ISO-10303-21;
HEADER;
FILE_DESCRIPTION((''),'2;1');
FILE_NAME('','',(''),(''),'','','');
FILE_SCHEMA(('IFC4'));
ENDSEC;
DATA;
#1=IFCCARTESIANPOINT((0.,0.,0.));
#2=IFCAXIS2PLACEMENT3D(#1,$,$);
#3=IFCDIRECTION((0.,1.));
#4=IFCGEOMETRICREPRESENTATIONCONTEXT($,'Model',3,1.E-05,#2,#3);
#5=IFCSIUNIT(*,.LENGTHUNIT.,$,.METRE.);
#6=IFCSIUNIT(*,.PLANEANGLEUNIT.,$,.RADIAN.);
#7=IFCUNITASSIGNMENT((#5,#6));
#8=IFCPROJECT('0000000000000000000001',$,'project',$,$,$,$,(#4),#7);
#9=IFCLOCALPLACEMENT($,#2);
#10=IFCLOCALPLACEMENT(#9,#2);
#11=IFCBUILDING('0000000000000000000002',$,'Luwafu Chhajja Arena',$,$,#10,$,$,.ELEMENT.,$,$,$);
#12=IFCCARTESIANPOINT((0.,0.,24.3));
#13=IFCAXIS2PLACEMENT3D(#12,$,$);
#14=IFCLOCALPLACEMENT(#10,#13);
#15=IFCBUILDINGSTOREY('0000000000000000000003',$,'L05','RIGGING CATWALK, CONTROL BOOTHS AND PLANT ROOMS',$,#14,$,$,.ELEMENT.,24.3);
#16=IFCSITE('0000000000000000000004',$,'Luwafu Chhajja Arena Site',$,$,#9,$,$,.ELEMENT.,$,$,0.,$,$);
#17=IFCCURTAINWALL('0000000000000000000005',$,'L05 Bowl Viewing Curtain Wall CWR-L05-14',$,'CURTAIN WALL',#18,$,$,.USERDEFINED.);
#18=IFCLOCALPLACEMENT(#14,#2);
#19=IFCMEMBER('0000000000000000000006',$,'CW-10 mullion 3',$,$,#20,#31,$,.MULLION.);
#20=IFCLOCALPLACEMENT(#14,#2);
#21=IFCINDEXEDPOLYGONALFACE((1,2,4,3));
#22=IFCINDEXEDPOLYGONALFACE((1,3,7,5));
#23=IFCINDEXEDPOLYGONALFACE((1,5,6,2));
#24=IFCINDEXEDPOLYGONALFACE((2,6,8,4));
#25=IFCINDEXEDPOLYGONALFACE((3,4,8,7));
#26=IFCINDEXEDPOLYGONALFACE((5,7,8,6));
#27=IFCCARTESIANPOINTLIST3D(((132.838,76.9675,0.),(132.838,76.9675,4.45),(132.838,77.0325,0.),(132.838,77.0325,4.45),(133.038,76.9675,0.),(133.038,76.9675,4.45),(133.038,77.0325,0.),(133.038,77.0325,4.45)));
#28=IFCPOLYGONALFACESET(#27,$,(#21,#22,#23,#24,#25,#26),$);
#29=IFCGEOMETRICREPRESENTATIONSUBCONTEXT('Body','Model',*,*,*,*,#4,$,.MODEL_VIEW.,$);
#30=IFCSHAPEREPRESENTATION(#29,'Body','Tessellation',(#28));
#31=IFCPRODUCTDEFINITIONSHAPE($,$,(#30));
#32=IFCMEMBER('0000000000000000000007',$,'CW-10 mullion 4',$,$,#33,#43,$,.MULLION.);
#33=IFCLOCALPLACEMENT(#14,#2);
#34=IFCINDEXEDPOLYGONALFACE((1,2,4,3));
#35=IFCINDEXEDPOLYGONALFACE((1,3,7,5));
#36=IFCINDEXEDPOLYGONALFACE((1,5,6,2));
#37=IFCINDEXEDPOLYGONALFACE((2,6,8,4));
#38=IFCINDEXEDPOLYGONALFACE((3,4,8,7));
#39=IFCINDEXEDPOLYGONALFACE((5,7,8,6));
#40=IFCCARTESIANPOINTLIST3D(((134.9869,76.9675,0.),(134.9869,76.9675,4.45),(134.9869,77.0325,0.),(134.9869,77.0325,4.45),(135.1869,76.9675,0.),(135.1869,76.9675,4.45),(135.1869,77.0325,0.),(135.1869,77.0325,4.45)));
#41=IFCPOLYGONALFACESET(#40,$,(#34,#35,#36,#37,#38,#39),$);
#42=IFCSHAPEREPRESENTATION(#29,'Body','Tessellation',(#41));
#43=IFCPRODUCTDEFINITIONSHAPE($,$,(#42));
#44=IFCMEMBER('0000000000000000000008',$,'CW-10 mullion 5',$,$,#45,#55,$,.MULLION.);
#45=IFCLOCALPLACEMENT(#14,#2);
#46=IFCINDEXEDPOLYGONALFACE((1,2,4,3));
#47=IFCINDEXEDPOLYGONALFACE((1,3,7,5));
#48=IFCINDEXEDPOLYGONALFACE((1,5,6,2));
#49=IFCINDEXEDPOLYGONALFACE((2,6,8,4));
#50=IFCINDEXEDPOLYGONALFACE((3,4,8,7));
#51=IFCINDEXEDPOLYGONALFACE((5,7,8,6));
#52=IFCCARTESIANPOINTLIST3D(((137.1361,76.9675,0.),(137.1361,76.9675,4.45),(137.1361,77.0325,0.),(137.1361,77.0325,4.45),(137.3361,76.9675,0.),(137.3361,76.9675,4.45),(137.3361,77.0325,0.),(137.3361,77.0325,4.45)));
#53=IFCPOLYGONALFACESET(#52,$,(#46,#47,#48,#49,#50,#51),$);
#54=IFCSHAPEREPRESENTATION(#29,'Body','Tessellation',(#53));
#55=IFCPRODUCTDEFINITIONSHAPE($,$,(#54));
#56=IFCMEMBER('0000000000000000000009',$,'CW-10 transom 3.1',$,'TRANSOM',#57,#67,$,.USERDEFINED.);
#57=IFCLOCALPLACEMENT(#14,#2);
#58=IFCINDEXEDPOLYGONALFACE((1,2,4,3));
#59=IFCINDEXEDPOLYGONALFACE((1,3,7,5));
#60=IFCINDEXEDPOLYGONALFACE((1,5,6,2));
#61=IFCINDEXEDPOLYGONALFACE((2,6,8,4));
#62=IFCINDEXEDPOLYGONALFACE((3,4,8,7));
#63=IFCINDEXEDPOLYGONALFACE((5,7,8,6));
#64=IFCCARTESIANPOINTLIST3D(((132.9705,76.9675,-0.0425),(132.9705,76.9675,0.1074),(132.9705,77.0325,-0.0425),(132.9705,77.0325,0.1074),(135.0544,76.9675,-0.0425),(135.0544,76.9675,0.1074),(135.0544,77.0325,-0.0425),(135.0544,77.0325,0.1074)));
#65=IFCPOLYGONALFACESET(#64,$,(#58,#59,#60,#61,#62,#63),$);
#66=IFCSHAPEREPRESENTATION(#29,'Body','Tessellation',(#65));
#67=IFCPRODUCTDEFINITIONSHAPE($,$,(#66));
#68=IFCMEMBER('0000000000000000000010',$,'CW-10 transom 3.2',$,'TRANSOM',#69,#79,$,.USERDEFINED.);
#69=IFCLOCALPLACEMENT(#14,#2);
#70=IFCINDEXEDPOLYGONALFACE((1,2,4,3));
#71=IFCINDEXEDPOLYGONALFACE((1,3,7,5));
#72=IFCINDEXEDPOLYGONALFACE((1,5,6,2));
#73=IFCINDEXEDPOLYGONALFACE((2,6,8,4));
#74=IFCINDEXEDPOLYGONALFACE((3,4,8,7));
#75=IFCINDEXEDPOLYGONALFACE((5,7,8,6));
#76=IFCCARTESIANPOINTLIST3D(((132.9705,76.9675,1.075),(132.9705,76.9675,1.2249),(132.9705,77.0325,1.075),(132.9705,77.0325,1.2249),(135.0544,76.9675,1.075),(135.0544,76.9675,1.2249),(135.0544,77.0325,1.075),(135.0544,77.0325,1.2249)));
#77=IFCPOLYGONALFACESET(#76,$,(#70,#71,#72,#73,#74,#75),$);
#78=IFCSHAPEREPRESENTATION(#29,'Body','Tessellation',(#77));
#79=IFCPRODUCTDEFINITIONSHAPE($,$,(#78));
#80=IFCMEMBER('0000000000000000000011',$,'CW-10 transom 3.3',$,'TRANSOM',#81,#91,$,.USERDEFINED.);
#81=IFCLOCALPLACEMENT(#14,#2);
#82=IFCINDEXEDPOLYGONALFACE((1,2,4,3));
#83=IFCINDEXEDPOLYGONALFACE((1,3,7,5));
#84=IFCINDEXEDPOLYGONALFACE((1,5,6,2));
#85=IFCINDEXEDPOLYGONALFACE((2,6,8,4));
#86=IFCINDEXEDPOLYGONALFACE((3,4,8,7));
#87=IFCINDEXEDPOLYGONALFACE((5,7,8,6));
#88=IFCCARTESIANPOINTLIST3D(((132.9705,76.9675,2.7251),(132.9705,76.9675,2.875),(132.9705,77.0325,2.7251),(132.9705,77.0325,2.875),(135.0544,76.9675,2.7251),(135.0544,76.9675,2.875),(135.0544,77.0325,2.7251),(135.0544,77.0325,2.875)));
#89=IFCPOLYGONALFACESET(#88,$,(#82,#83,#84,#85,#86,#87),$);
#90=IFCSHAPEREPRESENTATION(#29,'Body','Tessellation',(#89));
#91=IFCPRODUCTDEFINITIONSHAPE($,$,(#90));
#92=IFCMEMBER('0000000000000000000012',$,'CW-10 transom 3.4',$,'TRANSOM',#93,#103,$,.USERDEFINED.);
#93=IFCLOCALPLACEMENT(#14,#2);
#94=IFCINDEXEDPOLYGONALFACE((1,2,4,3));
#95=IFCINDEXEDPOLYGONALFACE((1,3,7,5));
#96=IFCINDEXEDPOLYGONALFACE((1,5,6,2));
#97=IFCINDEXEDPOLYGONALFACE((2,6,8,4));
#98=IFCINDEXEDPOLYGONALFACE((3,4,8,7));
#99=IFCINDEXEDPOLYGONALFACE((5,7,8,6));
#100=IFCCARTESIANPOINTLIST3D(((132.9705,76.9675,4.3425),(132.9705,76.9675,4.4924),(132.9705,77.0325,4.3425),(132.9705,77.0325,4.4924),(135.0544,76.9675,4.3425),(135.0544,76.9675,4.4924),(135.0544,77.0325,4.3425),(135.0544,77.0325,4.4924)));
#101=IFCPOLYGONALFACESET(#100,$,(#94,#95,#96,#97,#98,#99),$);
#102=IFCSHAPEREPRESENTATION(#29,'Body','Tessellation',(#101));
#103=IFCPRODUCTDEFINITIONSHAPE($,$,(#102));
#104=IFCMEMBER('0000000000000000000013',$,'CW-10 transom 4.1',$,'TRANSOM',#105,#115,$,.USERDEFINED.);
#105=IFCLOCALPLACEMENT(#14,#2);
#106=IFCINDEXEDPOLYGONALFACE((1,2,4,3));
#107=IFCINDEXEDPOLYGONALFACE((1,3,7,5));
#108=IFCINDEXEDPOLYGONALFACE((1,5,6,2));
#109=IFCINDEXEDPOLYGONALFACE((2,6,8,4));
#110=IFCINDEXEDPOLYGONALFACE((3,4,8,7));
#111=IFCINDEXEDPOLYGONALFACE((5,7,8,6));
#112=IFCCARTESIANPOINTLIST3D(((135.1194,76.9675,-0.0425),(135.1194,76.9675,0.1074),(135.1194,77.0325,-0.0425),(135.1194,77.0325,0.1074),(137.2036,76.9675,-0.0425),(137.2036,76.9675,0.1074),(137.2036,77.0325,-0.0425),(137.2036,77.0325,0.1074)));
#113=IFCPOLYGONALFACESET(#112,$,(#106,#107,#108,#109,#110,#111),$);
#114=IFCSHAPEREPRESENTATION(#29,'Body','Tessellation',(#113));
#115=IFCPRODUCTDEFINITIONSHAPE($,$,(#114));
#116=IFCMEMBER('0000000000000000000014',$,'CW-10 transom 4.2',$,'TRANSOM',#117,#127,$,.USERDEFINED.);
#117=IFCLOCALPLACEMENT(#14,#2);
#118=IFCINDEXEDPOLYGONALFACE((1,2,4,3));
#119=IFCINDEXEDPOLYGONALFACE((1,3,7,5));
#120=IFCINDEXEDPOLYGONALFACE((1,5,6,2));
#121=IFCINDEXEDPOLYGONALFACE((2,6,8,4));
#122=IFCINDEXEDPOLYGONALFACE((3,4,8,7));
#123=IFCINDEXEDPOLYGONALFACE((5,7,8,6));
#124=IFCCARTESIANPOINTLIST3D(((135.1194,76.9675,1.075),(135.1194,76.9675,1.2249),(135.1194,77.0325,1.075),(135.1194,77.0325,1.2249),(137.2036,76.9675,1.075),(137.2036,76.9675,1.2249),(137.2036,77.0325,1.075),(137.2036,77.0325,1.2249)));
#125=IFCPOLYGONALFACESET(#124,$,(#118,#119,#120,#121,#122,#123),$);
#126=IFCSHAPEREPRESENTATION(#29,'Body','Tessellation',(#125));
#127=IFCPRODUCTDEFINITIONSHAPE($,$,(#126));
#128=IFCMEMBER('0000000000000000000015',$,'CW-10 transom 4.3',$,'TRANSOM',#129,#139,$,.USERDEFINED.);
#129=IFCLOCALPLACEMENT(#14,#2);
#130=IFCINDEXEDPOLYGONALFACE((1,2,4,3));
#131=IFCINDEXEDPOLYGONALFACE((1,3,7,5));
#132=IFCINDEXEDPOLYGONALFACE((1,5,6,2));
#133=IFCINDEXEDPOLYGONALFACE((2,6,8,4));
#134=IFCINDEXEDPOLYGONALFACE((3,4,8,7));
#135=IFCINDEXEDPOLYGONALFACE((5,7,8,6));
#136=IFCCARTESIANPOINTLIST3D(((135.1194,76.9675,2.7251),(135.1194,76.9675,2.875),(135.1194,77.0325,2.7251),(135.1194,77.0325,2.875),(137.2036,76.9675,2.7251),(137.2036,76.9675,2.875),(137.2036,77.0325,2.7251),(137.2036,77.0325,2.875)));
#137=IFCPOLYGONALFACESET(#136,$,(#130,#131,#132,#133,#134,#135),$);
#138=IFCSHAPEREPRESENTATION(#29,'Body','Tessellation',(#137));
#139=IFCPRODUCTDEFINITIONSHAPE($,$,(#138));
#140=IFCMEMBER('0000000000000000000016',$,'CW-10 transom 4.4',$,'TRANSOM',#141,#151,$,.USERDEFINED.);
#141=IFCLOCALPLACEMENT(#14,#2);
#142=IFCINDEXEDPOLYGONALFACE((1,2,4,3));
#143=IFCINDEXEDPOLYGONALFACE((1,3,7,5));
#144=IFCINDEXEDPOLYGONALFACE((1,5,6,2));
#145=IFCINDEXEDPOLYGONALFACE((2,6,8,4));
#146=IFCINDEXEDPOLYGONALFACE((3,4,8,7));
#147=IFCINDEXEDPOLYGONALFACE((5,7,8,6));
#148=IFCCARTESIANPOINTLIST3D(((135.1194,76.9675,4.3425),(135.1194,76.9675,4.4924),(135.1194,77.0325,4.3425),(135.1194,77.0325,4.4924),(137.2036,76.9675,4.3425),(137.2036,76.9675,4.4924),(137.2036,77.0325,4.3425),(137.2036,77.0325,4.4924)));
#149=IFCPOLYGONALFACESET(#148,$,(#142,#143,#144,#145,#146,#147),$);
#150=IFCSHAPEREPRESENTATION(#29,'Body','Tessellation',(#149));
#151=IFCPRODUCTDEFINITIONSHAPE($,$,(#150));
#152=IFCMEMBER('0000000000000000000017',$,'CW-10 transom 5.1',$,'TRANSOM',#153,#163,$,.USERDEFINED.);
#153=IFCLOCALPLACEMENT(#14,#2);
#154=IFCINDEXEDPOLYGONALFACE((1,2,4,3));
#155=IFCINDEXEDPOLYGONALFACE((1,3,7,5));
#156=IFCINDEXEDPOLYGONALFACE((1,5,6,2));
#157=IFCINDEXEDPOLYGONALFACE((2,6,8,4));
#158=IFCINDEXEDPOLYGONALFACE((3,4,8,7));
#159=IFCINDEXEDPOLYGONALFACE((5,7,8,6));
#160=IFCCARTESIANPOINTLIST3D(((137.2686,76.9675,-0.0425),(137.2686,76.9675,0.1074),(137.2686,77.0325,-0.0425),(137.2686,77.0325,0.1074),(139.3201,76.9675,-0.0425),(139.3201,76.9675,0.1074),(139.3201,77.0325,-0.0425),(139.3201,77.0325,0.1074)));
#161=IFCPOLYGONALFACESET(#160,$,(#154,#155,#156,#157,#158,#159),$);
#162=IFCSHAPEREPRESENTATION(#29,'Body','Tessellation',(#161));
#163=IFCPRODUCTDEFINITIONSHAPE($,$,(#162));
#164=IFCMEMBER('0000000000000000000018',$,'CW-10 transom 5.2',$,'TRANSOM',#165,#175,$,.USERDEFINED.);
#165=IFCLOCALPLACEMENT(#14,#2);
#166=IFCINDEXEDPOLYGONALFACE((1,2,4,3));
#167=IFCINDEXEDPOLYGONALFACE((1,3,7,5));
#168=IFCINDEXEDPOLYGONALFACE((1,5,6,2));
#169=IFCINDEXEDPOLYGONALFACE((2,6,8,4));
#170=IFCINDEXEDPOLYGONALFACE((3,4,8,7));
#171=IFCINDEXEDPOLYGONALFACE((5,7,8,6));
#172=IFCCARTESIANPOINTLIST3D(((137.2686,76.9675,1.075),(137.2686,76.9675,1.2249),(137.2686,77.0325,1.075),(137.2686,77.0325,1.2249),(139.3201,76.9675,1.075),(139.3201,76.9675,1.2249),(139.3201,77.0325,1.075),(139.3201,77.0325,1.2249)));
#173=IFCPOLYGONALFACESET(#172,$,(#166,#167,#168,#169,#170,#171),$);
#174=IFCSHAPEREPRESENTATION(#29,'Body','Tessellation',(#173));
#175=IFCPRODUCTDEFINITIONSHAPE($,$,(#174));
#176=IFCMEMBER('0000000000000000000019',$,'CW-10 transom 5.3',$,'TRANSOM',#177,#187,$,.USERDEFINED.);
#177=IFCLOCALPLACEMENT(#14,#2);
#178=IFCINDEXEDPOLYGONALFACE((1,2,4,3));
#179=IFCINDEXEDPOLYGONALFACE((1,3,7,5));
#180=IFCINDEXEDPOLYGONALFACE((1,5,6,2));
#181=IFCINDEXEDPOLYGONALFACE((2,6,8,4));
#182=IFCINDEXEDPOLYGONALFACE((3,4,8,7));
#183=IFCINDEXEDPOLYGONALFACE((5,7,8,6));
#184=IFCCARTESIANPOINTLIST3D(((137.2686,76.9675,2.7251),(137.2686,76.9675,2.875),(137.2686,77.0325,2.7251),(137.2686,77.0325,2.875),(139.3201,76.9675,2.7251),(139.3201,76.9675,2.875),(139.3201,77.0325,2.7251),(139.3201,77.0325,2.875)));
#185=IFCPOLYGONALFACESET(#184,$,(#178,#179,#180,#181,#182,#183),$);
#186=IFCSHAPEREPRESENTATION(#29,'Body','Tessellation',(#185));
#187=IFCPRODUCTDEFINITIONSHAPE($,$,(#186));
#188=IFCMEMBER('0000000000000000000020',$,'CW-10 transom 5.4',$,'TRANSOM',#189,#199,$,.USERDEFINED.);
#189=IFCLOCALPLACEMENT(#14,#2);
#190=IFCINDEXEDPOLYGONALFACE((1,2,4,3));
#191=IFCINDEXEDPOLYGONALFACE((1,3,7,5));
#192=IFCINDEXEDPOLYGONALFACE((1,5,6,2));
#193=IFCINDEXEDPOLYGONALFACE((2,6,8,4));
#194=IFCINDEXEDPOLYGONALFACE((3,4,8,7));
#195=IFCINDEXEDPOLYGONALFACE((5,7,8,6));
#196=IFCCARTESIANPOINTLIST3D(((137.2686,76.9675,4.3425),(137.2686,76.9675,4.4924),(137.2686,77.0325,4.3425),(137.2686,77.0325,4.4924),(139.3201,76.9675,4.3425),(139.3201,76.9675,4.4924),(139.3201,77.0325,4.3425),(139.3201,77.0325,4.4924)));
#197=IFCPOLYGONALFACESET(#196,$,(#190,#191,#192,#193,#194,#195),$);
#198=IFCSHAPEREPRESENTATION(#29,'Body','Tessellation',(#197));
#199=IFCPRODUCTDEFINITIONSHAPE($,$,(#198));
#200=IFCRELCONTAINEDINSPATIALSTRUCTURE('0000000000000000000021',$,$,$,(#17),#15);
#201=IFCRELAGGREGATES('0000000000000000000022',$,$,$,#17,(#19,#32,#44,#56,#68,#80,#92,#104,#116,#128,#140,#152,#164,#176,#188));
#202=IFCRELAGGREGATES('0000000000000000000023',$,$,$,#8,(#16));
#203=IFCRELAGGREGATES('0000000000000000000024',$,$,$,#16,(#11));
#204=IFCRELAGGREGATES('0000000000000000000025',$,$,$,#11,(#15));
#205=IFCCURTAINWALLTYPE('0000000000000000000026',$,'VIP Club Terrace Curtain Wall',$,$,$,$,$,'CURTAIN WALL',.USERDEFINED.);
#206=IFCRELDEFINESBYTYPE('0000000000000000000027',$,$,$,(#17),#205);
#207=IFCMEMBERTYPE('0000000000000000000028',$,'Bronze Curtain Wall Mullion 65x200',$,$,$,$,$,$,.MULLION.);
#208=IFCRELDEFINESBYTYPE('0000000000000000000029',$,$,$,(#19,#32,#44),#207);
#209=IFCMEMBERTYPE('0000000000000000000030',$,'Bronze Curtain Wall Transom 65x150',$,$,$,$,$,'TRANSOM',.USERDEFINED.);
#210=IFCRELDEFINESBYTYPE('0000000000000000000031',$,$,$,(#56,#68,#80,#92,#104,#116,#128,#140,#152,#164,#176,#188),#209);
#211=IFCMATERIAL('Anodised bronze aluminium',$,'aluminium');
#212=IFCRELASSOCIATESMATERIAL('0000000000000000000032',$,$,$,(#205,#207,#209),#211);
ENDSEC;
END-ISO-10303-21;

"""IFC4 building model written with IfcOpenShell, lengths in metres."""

from ifc_helpers import new_model, si_unit, direction, frame, origin, origin_2d, place, context, subcontext, project, spatial, rectangle, extrude, material, material_profile, profile_set, type_object, element, aggregate, save


model = new_model("IFC4")

# Units and contexts
model_context = context("Model", 3, precision=1e-05, world=origin(), true_north=direction((0.0, 1.0)))
body_context = subcontext(model_context, "Body", "Model", "MODEL_VIEW")
ifc_project = project(units=[si_unit("LENGTHUNIT", "METRE"), si_unit("PLANEANGLEUNIT", "RADIAN")], contexts=[model_context])

# Site, building, storey
site_placement = place(None, origin())
site = spatial("IfcSite", under=ifc_project, at=site_placement, Name="Luwafu Chhajja Arena Site", CompositionType="ELEMENT", RefElevation=0.0)
building_placement = place(site_placement, origin())
building = spatial("IfcBuilding", under=site, at=building_placement, Name="Luwafu Chhajja Arena", CompositionType="ELEMENT")
storey_placement = place(building_placement, frame((0.0, 0.0, 24.3)))
storey = spatial("IfcBuildingStorey", under=building, at=storey_placement, Name="L05", Description="RIGGING CATWALK, CONTROL BOOTHS AND PLANT ROOMS", CompositionType="ELEMENT", Elevation=24.3)

# Curtain wall, members
ifc_material_1 = material(Name="Anodised bronze aluminium", Category="aluminium")
curtain_wall_type = type_object("IfcCurtainWallType", Name="VIP Club Terrace Curtain Wall", ElementType="CURTAIN WALL", PredefinedType="USERDEFINED", material=ifc_material_1)
curtain_wall_placement = place(storey_placement, origin())
curtain_wall = element("IfcCurtainWall", 1, at=curtain_wall_placement, inside=storey, type_object=curtain_wall_type, Name="L05 Bowl Viewing Curtain Wall CWR-L05-14", ObjectType="CURTAIN WALL", PredefinedType="USERDEFINED")
ifc_material_profile_1 = material_profile(ifc_material_1, rectangle(XDim=0.0649, YDim=0.2, at=origin_2d()), Name="CWM 65x200")
ifc_profile_set_1 = profile_set([ifc_material_profile_1], Name="Anodised bronze aluminium")
member_type_1 = type_object("IfcMemberType", Name="Bronze Curtain Wall Mullion 65x200", PredefinedType="MULLION", material=ifc_profile_set_1)
member_1_placement = place(storey_placement, frame((132.938, 77.0, 0.0), z_axis=(0.0, 0.0, 1.0), x_axis=(0.0, 1.0, 0.0)))
member_1 = element("IfcMember", 2, at=member_1_placement, type_object=member_type_1, Name="CW-10 mullion 3", PredefinedType="MULLION", context=body_context, shape_type="SweptSolid", body=[
    extrude(rectangle(XDim=0.0649, YDim=0.2, at=origin_2d()), origin(), (0.0, 0.0, 1.0), 4.45),
])
member_2_placement = place(storey_placement, frame((135.0869, 77.0, 0.0), z_axis=(0.0, 0.0, 1.0), x_axis=(0.0, 1.0, 0.0)))
member_2 = element("IfcMember", 3, at=member_2_placement, type_object=member_type_1, Name="CW-10 mullion 4", PredefinedType="MULLION", context=body_context, shape_type="SweptSolid", body=[
    extrude(rectangle(XDim=0.0649, YDim=0.2, at=origin_2d()), origin(), (0.0, 0.0, 1.0), 4.45),
])
member_3_placement = place(storey_placement, frame((137.2361, 77.0, 0.0), z_axis=(0.0, 0.0, 1.0), x_axis=(0.0, 1.0, 0.0)))
member_3 = element("IfcMember", 4, at=member_3_placement, type_object=member_type_1, Name="CW-10 mullion 5", PredefinedType="MULLION", context=body_context, shape_type="SweptSolid", body=[
    extrude(rectangle(XDim=0.0649, YDim=0.2, at=origin_2d()), origin(), (0.0, 0.0, 1.0), 4.45),
])
ifc_material_profile_2 = material_profile(ifc_material_1, rectangle(XDim=0.0649, YDim=0.1499, at=origin_2d()), Name="CWT 65x150")
ifc_profile_set_2 = profile_set([ifc_material_profile_2], Name="Anodised bronze aluminium")
member_type_2 = type_object("IfcMemberType", Name="Bronze Curtain Wall Transom 65x150", ElementType="TRANSOM", PredefinedType="USERDEFINED", material=ifc_profile_set_2)
member_4_placement = place(storey_placement, frame((132.9705, 77.0, 0.0325), z_axis=(1.0, 0.0, 0.0), x_axis=(0.0, 1.0, 0.0)))
member_4 = element("IfcMember", 5, at=member_4_placement, type_object=member_type_2, Name="CW-10 transom 3.1", ObjectType="TRANSOM", PredefinedType="USERDEFINED", context=body_context, shape_type="SweptSolid", body=[
    extrude(rectangle(XDim=0.0649, YDim=0.1499, at=origin_2d()), origin(), (0.0, 0.0, 1.0), 2.084),
])
member_5_placement = place(storey_placement, frame((132.9705, 77.0, 1.1499), z_axis=(1.0, 0.0, 0.0), x_axis=(0.0, 1.0, 0.0)))
member_5 = element("IfcMember", 6, at=member_5_placement, type_object=member_type_2, Name="CW-10 transom 3.2", ObjectType="TRANSOM", PredefinedType="USERDEFINED", context=body_context, shape_type="SweptSolid", body=[
    extrude(rectangle(XDim=0.0649, YDim=0.1499, at=origin_2d()), origin(), (0.0, 0.0, 1.0), 2.084),
])
member_6_placement = place(storey_placement, frame((132.9705, 77.0, 2.8), z_axis=(1.0, 0.0, 0.0), x_axis=(0.0, 1.0, 0.0)))
member_6 = element("IfcMember", 7, at=member_6_placement, type_object=member_type_2, Name="CW-10 transom 3.3", ObjectType="TRANSOM", PredefinedType="USERDEFINED", context=body_context, shape_type="SweptSolid", body=[
    extrude(rectangle(XDim=0.0649, YDim=0.1499, at=origin_2d()), origin(), (0.0, 0.0, 1.0), 2.084),
])
member_7_placement = place(storey_placement, frame((132.9705, 77.0, 4.4175), z_axis=(1.0, 0.0, 0.0), x_axis=(0.0, 1.0, 0.0)))
member_7 = element("IfcMember", 8, at=member_7_placement, type_object=member_type_2, Name="CW-10 transom 3.4", ObjectType="TRANSOM", PredefinedType="USERDEFINED", context=body_context, shape_type="SweptSolid", body=[
    extrude(rectangle(XDim=0.0649, YDim=0.1499, at=origin_2d()), origin(), (0.0, 0.0, 1.0), 2.084),
])
member_8_placement = place(storey_placement, frame((135.1194, 77.0, 0.0325), z_axis=(1.0, 0.0, 0.0), x_axis=(0.0, 1.0, 0.0)))
member_8 = element("IfcMember", 9, at=member_8_placement, type_object=member_type_2, Name="CW-10 transom 4.1", ObjectType="TRANSOM", PredefinedType="USERDEFINED", context=body_context, shape_type="SweptSolid", body=[
    extrude(rectangle(XDim=0.0649, YDim=0.1499, at=origin_2d()), origin(), (0.0, 0.0, 1.0), 2.0842),
])
member_9_placement = place(storey_placement, frame((135.1194, 77.0, 1.1499), z_axis=(1.0, 0.0, 0.0), x_axis=(0.0, 1.0, 0.0)))
member_9 = element("IfcMember", 10, at=member_9_placement, type_object=member_type_2, Name="CW-10 transom 4.2", ObjectType="TRANSOM", PredefinedType="USERDEFINED", context=body_context, shape_type="SweptSolid", body=[
    extrude(rectangle(XDim=0.0649, YDim=0.1499, at=origin_2d()), origin(), (0.0, 0.0, 1.0), 2.0842),
])
member_10_placement = place(storey_placement, frame((135.1194, 77.0, 2.8), z_axis=(1.0, 0.0, 0.0), x_axis=(0.0, 1.0, 0.0)))
member_10 = element("IfcMember", 11, at=member_10_placement, type_object=member_type_2, Name="CW-10 transom 4.3", ObjectType="TRANSOM", PredefinedType="USERDEFINED", context=body_context, shape_type="SweptSolid", body=[
    extrude(rectangle(XDim=0.0649, YDim=0.1499, at=origin_2d()), origin(), (0.0, 0.0, 1.0), 2.0842),
])
member_11_placement = place(storey_placement, frame((135.1194, 77.0, 4.4175), z_axis=(1.0, 0.0, 0.0), x_axis=(0.0, 1.0, 0.0)))
member_11 = element("IfcMember", 12, at=member_11_placement, type_object=member_type_2, Name="CW-10 transom 4.4", ObjectType="TRANSOM", PredefinedType="USERDEFINED", context=body_context, shape_type="SweptSolid", body=[
    extrude(rectangle(XDim=0.0649, YDim=0.1499, at=origin_2d()), origin(), (0.0, 0.0, 1.0), 2.0842),
])
member_12_placement = place(storey_placement, frame((137.2686, 77.0, 0.0325), z_axis=(1.0, 0.0, 0.0), x_axis=(0.0, 1.0, 0.0)))
member_12 = element("IfcMember", 13, at=member_12_placement, type_object=member_type_2, Name="CW-10 transom 5.1", ObjectType="TRANSOM", PredefinedType="USERDEFINED", context=body_context, shape_type="SweptSolid", body=[
    extrude(rectangle(XDim=0.0649, YDim=0.1499, at=origin_2d()), origin(), (0.0, 0.0, 1.0), 2.0515),
])
member_13_placement = place(storey_placement, frame((137.2686, 77.0, 1.1499), z_axis=(1.0, 0.0, 0.0), x_axis=(0.0, 1.0, 0.0)))
member_13 = element("IfcMember", 14, at=member_13_placement, type_object=member_type_2, Name="CW-10 transom 5.2", ObjectType="TRANSOM", PredefinedType="USERDEFINED", context=body_context, shape_type="SweptSolid", body=[
    extrude(rectangle(XDim=0.0649, YDim=0.1499, at=origin_2d()), origin(), (0.0, 0.0, 1.0), 2.0515),
])
member_14_placement = place(storey_placement, frame((137.2686, 77.0, 2.8), z_axis=(1.0, 0.0, 0.0), x_axis=(0.0, 1.0, 0.0)))
member_14 = element("IfcMember", 15, at=member_14_placement, type_object=member_type_2, Name="CW-10 transom 5.3", ObjectType="TRANSOM", PredefinedType="USERDEFINED", context=body_context, shape_type="SweptSolid", body=[
    extrude(rectangle(XDim=0.0649, YDim=0.1499, at=origin_2d()), origin(), (0.0, 0.0, 1.0), 2.0515),
])
member_15_placement = place(storey_placement, frame((137.2686, 77.0, 4.4175), z_axis=(1.0, 0.0, 0.0), x_axis=(0.0, 1.0, 0.0)))
member_15 = element("IfcMember", 16, at=member_15_placement, type_object=member_type_2, Name="CW-10 transom 5.4", ObjectType="TRANSOM", PredefinedType="USERDEFINED", context=body_context, shape_type="SweptSolid", body=[
    extrude(rectangle(XDim=0.0649, YDim=0.1499, at=origin_2d()), origin(), (0.0, 0.0, 1.0), 2.0515),
])
aggregate(curtain_wall, [member_1, member_2, member_3, member_4, member_5, member_6, member_7, member_8, member_9, member_10, member_11, member_12, member_13, member_14, member_15])

save(model, "model.ifc")
